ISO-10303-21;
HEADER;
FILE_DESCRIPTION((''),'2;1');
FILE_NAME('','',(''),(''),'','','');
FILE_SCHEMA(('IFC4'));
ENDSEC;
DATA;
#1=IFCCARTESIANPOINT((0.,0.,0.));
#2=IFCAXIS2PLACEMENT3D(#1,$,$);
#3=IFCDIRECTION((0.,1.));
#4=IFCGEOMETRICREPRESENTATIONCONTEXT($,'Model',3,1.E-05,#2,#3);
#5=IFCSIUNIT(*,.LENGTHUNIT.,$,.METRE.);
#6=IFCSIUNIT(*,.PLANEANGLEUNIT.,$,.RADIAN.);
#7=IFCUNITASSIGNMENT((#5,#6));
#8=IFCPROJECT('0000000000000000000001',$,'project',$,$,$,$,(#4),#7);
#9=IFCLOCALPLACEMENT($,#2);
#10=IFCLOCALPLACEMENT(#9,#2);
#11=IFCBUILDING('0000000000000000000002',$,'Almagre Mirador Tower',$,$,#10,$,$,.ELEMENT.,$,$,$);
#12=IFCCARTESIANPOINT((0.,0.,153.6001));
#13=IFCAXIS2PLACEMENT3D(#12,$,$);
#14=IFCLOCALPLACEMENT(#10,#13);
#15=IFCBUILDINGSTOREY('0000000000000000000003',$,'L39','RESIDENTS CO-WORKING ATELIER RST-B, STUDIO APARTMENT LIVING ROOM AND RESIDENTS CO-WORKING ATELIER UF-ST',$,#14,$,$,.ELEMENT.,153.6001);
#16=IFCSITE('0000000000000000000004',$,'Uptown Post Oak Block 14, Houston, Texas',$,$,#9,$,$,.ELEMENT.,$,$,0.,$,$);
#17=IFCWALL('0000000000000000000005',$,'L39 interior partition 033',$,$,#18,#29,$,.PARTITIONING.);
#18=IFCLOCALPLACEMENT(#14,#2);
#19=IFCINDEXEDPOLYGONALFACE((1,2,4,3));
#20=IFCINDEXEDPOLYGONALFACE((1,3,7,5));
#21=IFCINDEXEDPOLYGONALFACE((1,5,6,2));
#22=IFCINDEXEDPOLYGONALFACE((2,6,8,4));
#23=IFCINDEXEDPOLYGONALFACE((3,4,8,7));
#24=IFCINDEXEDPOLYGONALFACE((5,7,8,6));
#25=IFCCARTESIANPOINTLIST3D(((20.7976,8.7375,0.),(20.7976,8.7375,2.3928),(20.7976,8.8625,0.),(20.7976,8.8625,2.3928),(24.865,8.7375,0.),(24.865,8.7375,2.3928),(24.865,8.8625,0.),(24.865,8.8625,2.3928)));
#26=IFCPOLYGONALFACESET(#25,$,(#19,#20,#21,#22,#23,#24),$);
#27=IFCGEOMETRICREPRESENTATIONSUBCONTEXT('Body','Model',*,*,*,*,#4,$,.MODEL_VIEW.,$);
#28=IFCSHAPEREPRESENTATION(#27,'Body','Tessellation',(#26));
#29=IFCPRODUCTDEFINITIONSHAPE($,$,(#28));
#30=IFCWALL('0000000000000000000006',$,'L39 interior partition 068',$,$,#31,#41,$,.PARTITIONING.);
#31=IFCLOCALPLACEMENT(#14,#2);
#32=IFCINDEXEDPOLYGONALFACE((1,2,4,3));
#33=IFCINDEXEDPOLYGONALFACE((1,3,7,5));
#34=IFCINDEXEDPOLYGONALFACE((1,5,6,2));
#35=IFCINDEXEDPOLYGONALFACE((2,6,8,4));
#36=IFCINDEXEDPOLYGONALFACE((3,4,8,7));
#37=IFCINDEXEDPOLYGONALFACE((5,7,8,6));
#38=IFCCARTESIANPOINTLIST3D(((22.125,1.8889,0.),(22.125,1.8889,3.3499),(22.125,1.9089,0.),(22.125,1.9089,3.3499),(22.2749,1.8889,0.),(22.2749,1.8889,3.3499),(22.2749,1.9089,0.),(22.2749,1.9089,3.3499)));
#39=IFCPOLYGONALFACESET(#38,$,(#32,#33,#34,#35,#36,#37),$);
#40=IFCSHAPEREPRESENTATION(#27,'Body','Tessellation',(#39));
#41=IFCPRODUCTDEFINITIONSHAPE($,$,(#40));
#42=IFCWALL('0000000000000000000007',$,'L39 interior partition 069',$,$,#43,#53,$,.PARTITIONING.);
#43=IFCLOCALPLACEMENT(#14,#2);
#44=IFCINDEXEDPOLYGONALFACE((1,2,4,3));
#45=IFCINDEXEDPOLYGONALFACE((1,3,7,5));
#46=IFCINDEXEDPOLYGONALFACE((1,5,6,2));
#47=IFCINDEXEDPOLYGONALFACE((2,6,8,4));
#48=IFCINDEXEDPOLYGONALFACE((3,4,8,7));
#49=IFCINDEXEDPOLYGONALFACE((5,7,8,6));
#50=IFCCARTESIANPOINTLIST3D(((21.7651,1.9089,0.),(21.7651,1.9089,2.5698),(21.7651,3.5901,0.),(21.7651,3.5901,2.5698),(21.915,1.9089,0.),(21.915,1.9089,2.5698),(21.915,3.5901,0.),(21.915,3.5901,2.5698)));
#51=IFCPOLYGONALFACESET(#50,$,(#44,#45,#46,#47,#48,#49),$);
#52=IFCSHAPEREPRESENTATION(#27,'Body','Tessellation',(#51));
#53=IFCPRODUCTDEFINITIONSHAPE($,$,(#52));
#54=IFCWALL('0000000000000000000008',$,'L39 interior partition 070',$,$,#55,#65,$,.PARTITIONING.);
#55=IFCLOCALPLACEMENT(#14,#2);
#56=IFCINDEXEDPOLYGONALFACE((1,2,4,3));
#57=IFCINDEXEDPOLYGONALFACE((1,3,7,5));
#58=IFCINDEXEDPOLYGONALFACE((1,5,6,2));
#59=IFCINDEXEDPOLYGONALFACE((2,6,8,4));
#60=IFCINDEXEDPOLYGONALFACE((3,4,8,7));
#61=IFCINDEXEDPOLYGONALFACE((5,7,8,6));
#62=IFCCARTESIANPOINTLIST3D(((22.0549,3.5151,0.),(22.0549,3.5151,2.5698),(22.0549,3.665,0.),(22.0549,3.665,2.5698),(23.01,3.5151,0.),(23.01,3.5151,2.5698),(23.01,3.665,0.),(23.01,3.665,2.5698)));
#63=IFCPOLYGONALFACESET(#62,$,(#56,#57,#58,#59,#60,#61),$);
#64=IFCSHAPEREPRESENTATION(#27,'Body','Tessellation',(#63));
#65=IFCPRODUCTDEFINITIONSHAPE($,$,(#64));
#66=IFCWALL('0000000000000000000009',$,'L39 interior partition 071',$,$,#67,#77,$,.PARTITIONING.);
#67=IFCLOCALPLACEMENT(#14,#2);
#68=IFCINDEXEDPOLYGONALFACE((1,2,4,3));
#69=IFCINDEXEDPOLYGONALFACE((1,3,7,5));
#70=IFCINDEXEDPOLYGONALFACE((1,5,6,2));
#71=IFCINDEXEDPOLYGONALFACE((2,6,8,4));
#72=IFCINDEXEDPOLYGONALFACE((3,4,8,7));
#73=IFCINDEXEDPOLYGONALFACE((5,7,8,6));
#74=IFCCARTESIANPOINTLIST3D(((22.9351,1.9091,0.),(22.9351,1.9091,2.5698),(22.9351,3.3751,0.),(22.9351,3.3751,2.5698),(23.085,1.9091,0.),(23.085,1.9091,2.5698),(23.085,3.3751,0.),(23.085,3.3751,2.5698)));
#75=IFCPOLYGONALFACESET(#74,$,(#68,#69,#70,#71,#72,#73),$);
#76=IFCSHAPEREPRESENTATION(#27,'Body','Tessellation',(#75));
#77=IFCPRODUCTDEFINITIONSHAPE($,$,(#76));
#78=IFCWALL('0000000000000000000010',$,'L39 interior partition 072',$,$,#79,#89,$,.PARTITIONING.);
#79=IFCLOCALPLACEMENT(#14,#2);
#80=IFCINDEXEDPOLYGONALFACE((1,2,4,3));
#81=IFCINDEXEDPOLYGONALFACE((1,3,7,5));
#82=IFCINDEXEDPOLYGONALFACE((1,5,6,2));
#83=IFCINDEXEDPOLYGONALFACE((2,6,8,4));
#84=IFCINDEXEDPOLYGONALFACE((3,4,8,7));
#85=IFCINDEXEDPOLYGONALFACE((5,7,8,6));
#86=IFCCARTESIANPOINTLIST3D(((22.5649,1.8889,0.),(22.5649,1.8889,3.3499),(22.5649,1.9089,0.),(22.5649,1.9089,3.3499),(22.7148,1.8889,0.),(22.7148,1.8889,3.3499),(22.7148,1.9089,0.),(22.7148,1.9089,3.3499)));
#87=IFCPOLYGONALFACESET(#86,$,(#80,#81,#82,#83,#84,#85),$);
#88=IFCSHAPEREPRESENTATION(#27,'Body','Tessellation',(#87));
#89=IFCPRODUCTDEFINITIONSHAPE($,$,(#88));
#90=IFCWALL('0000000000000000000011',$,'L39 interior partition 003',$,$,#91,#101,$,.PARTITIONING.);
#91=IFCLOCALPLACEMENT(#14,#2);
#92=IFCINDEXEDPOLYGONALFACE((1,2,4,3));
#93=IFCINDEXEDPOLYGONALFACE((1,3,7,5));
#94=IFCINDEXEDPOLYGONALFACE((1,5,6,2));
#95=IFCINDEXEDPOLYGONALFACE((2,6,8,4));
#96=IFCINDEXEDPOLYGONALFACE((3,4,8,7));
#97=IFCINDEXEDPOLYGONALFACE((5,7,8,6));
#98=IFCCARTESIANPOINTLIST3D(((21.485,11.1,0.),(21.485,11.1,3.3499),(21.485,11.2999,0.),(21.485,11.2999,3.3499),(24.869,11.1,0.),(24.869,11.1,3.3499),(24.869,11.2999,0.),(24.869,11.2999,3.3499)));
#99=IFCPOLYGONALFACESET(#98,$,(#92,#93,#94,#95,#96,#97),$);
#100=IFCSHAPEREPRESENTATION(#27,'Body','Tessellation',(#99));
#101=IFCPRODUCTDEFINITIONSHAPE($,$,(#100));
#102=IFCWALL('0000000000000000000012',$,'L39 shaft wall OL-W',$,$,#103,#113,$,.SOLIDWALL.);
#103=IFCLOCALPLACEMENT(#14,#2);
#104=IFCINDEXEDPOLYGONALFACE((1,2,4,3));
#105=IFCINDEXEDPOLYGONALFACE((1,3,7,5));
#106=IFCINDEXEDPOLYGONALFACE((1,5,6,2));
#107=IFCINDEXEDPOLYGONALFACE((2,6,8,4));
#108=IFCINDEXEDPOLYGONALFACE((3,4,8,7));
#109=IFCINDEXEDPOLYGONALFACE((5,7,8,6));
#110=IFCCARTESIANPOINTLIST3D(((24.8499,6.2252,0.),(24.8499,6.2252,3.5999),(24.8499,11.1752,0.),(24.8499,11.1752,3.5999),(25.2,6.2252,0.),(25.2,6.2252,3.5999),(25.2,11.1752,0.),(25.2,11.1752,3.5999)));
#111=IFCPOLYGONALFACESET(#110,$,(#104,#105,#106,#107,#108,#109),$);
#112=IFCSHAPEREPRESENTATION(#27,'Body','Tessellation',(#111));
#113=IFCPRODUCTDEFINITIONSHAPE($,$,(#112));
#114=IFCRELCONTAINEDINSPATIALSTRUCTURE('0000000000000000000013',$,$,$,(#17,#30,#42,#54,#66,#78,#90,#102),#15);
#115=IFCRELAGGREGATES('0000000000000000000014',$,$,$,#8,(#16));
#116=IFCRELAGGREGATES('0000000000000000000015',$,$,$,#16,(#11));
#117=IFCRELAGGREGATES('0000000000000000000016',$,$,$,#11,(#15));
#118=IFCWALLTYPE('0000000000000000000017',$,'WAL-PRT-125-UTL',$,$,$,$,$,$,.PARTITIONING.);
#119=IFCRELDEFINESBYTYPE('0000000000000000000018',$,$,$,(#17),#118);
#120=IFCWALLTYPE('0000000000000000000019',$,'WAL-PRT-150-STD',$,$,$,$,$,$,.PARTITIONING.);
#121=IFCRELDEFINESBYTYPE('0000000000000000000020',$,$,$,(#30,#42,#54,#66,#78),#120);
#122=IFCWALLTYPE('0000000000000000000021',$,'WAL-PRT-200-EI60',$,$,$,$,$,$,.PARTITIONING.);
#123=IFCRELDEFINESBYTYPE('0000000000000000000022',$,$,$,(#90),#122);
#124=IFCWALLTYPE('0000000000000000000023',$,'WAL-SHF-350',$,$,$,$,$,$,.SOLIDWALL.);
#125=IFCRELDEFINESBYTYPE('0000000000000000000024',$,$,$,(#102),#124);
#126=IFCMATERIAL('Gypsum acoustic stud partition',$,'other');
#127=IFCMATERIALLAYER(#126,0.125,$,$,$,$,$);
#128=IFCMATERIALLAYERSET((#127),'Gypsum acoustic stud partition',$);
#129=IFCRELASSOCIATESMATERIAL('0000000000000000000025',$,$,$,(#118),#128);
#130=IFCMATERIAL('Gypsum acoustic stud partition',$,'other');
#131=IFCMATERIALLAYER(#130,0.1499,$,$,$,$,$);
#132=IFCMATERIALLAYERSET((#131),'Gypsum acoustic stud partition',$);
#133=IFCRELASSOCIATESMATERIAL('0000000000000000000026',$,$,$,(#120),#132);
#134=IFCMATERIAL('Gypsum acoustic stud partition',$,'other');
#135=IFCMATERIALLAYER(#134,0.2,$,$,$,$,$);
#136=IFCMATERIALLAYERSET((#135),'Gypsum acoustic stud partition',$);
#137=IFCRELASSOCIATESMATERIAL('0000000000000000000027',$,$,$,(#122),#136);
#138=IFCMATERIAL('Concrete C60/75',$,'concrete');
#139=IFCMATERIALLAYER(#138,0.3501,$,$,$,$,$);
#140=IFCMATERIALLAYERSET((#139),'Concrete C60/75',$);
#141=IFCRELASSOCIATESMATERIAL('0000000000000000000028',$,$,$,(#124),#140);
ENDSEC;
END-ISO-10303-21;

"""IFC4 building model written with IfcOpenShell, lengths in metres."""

from ifc_helpers import new_model, si_unit, direction, frame, frame_2d, origin, place, context, subcontext, project, spatial, rectangle, extrude, material, layer, layer_set, type_object, element, save


model = new_model("IFC4")

# Units and contexts
model_context = context("Model", 3, precision=1e-05, world=origin(), true_north=direction((0.0, 1.0)))
body_context = subcontext(model_context, "Body", "Model", "MODEL_VIEW")
ifc_project = project(units=[si_unit("LENGTHUNIT", "METRE"), si_unit("PLANEANGLEUNIT", "RADIAN")], contexts=[model_context])

# Site, building, storey
site_placement = place(None, origin())
site = spatial("IfcSite", under=ifc_project, at=site_placement, Name="Uptown Post Oak Block 14, Houston, Texas", CompositionType="ELEMENT", RefElevation=0.0)
building_placement = place(site_placement, origin())
building = spatial("IfcBuilding", under=site, at=building_placement, Name="Almagre Mirador Tower", CompositionType="ELEMENT")
storey_placement = place(building_placement, frame((0.0, 0.0, 153.6001)))
storey = spatial("IfcBuildingStorey", under=building, at=storey_placement, Name="L39", Description="RESIDENTS CO-WORKING ATELIER RST-B, STUDIO APARTMENT LIVING ROOM AND RESIDENTS CO-WORKING ATELIER UF-ST", CompositionType="ELEMENT", Elevation=153.6001)

# Shared definitions
ifc_material_1 = material(Name="Gypsum acoustic stud partition", Category="other")
ifc_layer_1 = layer(ifc_material_1, 0.125)
ifc_layer_set_1 = layer_set([ifc_layer_1], Name="Gypsum acoustic stud partition")
wall_type_1 = type_object("IfcWallType", Name="WAL-PRT-125-UTL", PredefinedType="PARTITIONING", material=ifc_layer_set_1)

# Walls
wall_1_placement = place(storey_placement, frame((20.7976, 8.8, 0.0), z_axis=(0.0, 0.0, 1.0), x_axis=(1.0, 0.0, 0.0)))
element("IfcWall", 1, at=wall_1_placement, inside=storey, type_object=wall_type_1, Name="L39 interior partition 033", PredefinedType="PARTITIONING", context=body_context, shape_type="SweptSolid", body=[
    extrude(rectangle(XDim=4.0674, YDim=0.125, at=frame_2d((2.0337, 0.0))), origin(), (0.0, 0.0, 1.0), 2.3928),
])
ifc_material_2 = material(Name="Gypsum acoustic stud partition", Category="other")
ifc_layer_2 = layer(ifc_material_2, 0.1499)
ifc_layer_set_2 = layer_set([ifc_layer_2], Name="Gypsum acoustic stud partition")
wall_type_2 = type_object("IfcWallType", Name="WAL-PRT-150-STD", PredefinedType="PARTITIONING", material=ifc_layer_set_2)
wall_2_placement = place(storey_placement, frame((22.2, 1.8889, 0.0), z_axis=(0.0, 0.0, 1.0), x_axis=(0.0, 1.0, 0.0)))
element("IfcWall", 2, at=wall_2_placement, inside=storey, type_object=wall_type_2, Name="L39 interior partition 068", PredefinedType="PARTITIONING", context=body_context, shape_type="SweptSolid", body=[
    extrude(rectangle(XDim=0.02, YDim=0.1499, at=frame_2d((0.01, 0.0))), origin(), (0.0, 0.0, 1.0), 3.3499),
])
wall_3_placement = place(storey_placement, frame((21.8401, 1.9089, 0.0), z_axis=(0.0, 0.0, 1.0), x_axis=(0.0, 1.0, 0.0)))
element("IfcWall", 3, at=wall_3_placement, inside=storey, type_object=wall_type_2, Name="L39 interior partition 069", PredefinedType="PARTITIONING", context=body_context, shape_type="SweptSolid", body=[
    extrude(rectangle(XDim=1.6812, YDim=0.1499, at=frame_2d((0.8406, 0.0))), origin(), (0.0, 0.0, 1.0), 2.5698),
])
wall_4_placement = place(storey_placement, frame((22.0549, 3.5901, 0.0), z_axis=(0.0, 0.0, 1.0), x_axis=(1.0, 0.0, 0.0)))
element("IfcWall", 4, at=wall_4_placement, inside=storey, type_object=wall_type_2, Name="L39 interior partition 070", PredefinedType="PARTITIONING", context=body_context, shape_type="SweptSolid", body=[
    extrude(rectangle(XDim=0.9551, YDim=0.1499, at=frame_2d((0.4775, 0.0))), origin(), (0.0, 0.0, 1.0), 2.5698),
])
wall_5_placement = place(storey_placement, frame((23.01, 3.375, 0.0), z_axis=(0.0, 0.0, 1.0), x_axis=(0.0, -1.0, 0.0)))
element("IfcWall", 5, at=wall_5_placement, inside=storey, type_object=wall_type_2, Name="L39 interior partition 071", PredefinedType="PARTITIONING", context=body_context, shape_type="SweptSolid", body=[
    extrude(rectangle(XDim=1.4661, YDim=0.1499, at=frame_2d((0.7329, 0.0))), origin(), (0.0, 0.0, 1.0), 2.5698),
])
wall_6_placement = place(storey_placement, frame((22.6399, 1.9089, 0.0), z_axis=(0.0, 0.0, 1.0), x_axis=(0.0, -1.0, 0.0)))
element("IfcWall", 6, at=wall_6_placement, inside=storey, type_object=wall_type_2, Name="L39 interior partition 072", PredefinedType="PARTITIONING", context=body_context, shape_type="SweptSolid", body=[
    extrude(rectangle(XDim=0.02, YDim=0.1499, at=frame_2d((0.01, 0.0))), origin(), (0.0, 0.0, 1.0), 3.3499),
])
ifc_material_3 = material(Name="Gypsum acoustic stud partition", Category="other")
ifc_layer_3 = layer(ifc_material_3, 0.2)
ifc_layer_set_3 = layer_set([ifc_layer_3], Name="Gypsum acoustic stud partition")
wall_type_3 = type_object("IfcWallType", Name="WAL-PRT-200-EI60", PredefinedType="PARTITIONING", material=ifc_layer_set_3)
wall_7_placement = place(storey_placement, frame((21.4851, 11.2, 0.0), z_axis=(0.0, 0.0, 1.0), x_axis=(1.0, 0.0, 0.0)))
element("IfcWall", 7, at=wall_7_placement, inside=storey, type_object=wall_type_3, Name="L39 interior partition 003", PredefinedType="PARTITIONING", context=body_context, shape_type="SweptSolid", body=[
    extrude(rectangle(XDim=3.384, YDim=0.2, at=frame_2d((1.6919, 0.0))), origin(), (0.0, 0.0, 1.0), 3.3499),
])
ifc_material_4 = material(Name="Concrete C60/75", Category="concrete")
ifc_layer_4 = layer(ifc_material_4, 0.3501)
ifc_layer_set_4 = layer_set([ifc_layer_4], Name="Concrete C60/75")
wall_type_4 = type_object("IfcWallType", Name="WAL-SHF-350", PredefinedType="SOLIDWALL", material=ifc_layer_set_4)
wall_8_placement = place(storey_placement, frame((25.0249, 6.2251, 0.0), z_axis=(0.0, 0.0, 1.0), x_axis=(0.0, 1.0, 0.0)))
element("IfcWall", 8, at=wall_8_placement, inside=storey, type_object=wall_type_4, Name="L39 shaft wall OL-W", PredefinedType="SOLIDWALL", context=body_context, shape_type="SweptSolid", body=[
    extrude(rectangle(XDim=4.95, YDim=0.3501, at=frame_2d((2.4751, 0.0))), origin(), (0.0, 0.0, 1.0), 3.5999),
])

save(model, "model.ifc")
